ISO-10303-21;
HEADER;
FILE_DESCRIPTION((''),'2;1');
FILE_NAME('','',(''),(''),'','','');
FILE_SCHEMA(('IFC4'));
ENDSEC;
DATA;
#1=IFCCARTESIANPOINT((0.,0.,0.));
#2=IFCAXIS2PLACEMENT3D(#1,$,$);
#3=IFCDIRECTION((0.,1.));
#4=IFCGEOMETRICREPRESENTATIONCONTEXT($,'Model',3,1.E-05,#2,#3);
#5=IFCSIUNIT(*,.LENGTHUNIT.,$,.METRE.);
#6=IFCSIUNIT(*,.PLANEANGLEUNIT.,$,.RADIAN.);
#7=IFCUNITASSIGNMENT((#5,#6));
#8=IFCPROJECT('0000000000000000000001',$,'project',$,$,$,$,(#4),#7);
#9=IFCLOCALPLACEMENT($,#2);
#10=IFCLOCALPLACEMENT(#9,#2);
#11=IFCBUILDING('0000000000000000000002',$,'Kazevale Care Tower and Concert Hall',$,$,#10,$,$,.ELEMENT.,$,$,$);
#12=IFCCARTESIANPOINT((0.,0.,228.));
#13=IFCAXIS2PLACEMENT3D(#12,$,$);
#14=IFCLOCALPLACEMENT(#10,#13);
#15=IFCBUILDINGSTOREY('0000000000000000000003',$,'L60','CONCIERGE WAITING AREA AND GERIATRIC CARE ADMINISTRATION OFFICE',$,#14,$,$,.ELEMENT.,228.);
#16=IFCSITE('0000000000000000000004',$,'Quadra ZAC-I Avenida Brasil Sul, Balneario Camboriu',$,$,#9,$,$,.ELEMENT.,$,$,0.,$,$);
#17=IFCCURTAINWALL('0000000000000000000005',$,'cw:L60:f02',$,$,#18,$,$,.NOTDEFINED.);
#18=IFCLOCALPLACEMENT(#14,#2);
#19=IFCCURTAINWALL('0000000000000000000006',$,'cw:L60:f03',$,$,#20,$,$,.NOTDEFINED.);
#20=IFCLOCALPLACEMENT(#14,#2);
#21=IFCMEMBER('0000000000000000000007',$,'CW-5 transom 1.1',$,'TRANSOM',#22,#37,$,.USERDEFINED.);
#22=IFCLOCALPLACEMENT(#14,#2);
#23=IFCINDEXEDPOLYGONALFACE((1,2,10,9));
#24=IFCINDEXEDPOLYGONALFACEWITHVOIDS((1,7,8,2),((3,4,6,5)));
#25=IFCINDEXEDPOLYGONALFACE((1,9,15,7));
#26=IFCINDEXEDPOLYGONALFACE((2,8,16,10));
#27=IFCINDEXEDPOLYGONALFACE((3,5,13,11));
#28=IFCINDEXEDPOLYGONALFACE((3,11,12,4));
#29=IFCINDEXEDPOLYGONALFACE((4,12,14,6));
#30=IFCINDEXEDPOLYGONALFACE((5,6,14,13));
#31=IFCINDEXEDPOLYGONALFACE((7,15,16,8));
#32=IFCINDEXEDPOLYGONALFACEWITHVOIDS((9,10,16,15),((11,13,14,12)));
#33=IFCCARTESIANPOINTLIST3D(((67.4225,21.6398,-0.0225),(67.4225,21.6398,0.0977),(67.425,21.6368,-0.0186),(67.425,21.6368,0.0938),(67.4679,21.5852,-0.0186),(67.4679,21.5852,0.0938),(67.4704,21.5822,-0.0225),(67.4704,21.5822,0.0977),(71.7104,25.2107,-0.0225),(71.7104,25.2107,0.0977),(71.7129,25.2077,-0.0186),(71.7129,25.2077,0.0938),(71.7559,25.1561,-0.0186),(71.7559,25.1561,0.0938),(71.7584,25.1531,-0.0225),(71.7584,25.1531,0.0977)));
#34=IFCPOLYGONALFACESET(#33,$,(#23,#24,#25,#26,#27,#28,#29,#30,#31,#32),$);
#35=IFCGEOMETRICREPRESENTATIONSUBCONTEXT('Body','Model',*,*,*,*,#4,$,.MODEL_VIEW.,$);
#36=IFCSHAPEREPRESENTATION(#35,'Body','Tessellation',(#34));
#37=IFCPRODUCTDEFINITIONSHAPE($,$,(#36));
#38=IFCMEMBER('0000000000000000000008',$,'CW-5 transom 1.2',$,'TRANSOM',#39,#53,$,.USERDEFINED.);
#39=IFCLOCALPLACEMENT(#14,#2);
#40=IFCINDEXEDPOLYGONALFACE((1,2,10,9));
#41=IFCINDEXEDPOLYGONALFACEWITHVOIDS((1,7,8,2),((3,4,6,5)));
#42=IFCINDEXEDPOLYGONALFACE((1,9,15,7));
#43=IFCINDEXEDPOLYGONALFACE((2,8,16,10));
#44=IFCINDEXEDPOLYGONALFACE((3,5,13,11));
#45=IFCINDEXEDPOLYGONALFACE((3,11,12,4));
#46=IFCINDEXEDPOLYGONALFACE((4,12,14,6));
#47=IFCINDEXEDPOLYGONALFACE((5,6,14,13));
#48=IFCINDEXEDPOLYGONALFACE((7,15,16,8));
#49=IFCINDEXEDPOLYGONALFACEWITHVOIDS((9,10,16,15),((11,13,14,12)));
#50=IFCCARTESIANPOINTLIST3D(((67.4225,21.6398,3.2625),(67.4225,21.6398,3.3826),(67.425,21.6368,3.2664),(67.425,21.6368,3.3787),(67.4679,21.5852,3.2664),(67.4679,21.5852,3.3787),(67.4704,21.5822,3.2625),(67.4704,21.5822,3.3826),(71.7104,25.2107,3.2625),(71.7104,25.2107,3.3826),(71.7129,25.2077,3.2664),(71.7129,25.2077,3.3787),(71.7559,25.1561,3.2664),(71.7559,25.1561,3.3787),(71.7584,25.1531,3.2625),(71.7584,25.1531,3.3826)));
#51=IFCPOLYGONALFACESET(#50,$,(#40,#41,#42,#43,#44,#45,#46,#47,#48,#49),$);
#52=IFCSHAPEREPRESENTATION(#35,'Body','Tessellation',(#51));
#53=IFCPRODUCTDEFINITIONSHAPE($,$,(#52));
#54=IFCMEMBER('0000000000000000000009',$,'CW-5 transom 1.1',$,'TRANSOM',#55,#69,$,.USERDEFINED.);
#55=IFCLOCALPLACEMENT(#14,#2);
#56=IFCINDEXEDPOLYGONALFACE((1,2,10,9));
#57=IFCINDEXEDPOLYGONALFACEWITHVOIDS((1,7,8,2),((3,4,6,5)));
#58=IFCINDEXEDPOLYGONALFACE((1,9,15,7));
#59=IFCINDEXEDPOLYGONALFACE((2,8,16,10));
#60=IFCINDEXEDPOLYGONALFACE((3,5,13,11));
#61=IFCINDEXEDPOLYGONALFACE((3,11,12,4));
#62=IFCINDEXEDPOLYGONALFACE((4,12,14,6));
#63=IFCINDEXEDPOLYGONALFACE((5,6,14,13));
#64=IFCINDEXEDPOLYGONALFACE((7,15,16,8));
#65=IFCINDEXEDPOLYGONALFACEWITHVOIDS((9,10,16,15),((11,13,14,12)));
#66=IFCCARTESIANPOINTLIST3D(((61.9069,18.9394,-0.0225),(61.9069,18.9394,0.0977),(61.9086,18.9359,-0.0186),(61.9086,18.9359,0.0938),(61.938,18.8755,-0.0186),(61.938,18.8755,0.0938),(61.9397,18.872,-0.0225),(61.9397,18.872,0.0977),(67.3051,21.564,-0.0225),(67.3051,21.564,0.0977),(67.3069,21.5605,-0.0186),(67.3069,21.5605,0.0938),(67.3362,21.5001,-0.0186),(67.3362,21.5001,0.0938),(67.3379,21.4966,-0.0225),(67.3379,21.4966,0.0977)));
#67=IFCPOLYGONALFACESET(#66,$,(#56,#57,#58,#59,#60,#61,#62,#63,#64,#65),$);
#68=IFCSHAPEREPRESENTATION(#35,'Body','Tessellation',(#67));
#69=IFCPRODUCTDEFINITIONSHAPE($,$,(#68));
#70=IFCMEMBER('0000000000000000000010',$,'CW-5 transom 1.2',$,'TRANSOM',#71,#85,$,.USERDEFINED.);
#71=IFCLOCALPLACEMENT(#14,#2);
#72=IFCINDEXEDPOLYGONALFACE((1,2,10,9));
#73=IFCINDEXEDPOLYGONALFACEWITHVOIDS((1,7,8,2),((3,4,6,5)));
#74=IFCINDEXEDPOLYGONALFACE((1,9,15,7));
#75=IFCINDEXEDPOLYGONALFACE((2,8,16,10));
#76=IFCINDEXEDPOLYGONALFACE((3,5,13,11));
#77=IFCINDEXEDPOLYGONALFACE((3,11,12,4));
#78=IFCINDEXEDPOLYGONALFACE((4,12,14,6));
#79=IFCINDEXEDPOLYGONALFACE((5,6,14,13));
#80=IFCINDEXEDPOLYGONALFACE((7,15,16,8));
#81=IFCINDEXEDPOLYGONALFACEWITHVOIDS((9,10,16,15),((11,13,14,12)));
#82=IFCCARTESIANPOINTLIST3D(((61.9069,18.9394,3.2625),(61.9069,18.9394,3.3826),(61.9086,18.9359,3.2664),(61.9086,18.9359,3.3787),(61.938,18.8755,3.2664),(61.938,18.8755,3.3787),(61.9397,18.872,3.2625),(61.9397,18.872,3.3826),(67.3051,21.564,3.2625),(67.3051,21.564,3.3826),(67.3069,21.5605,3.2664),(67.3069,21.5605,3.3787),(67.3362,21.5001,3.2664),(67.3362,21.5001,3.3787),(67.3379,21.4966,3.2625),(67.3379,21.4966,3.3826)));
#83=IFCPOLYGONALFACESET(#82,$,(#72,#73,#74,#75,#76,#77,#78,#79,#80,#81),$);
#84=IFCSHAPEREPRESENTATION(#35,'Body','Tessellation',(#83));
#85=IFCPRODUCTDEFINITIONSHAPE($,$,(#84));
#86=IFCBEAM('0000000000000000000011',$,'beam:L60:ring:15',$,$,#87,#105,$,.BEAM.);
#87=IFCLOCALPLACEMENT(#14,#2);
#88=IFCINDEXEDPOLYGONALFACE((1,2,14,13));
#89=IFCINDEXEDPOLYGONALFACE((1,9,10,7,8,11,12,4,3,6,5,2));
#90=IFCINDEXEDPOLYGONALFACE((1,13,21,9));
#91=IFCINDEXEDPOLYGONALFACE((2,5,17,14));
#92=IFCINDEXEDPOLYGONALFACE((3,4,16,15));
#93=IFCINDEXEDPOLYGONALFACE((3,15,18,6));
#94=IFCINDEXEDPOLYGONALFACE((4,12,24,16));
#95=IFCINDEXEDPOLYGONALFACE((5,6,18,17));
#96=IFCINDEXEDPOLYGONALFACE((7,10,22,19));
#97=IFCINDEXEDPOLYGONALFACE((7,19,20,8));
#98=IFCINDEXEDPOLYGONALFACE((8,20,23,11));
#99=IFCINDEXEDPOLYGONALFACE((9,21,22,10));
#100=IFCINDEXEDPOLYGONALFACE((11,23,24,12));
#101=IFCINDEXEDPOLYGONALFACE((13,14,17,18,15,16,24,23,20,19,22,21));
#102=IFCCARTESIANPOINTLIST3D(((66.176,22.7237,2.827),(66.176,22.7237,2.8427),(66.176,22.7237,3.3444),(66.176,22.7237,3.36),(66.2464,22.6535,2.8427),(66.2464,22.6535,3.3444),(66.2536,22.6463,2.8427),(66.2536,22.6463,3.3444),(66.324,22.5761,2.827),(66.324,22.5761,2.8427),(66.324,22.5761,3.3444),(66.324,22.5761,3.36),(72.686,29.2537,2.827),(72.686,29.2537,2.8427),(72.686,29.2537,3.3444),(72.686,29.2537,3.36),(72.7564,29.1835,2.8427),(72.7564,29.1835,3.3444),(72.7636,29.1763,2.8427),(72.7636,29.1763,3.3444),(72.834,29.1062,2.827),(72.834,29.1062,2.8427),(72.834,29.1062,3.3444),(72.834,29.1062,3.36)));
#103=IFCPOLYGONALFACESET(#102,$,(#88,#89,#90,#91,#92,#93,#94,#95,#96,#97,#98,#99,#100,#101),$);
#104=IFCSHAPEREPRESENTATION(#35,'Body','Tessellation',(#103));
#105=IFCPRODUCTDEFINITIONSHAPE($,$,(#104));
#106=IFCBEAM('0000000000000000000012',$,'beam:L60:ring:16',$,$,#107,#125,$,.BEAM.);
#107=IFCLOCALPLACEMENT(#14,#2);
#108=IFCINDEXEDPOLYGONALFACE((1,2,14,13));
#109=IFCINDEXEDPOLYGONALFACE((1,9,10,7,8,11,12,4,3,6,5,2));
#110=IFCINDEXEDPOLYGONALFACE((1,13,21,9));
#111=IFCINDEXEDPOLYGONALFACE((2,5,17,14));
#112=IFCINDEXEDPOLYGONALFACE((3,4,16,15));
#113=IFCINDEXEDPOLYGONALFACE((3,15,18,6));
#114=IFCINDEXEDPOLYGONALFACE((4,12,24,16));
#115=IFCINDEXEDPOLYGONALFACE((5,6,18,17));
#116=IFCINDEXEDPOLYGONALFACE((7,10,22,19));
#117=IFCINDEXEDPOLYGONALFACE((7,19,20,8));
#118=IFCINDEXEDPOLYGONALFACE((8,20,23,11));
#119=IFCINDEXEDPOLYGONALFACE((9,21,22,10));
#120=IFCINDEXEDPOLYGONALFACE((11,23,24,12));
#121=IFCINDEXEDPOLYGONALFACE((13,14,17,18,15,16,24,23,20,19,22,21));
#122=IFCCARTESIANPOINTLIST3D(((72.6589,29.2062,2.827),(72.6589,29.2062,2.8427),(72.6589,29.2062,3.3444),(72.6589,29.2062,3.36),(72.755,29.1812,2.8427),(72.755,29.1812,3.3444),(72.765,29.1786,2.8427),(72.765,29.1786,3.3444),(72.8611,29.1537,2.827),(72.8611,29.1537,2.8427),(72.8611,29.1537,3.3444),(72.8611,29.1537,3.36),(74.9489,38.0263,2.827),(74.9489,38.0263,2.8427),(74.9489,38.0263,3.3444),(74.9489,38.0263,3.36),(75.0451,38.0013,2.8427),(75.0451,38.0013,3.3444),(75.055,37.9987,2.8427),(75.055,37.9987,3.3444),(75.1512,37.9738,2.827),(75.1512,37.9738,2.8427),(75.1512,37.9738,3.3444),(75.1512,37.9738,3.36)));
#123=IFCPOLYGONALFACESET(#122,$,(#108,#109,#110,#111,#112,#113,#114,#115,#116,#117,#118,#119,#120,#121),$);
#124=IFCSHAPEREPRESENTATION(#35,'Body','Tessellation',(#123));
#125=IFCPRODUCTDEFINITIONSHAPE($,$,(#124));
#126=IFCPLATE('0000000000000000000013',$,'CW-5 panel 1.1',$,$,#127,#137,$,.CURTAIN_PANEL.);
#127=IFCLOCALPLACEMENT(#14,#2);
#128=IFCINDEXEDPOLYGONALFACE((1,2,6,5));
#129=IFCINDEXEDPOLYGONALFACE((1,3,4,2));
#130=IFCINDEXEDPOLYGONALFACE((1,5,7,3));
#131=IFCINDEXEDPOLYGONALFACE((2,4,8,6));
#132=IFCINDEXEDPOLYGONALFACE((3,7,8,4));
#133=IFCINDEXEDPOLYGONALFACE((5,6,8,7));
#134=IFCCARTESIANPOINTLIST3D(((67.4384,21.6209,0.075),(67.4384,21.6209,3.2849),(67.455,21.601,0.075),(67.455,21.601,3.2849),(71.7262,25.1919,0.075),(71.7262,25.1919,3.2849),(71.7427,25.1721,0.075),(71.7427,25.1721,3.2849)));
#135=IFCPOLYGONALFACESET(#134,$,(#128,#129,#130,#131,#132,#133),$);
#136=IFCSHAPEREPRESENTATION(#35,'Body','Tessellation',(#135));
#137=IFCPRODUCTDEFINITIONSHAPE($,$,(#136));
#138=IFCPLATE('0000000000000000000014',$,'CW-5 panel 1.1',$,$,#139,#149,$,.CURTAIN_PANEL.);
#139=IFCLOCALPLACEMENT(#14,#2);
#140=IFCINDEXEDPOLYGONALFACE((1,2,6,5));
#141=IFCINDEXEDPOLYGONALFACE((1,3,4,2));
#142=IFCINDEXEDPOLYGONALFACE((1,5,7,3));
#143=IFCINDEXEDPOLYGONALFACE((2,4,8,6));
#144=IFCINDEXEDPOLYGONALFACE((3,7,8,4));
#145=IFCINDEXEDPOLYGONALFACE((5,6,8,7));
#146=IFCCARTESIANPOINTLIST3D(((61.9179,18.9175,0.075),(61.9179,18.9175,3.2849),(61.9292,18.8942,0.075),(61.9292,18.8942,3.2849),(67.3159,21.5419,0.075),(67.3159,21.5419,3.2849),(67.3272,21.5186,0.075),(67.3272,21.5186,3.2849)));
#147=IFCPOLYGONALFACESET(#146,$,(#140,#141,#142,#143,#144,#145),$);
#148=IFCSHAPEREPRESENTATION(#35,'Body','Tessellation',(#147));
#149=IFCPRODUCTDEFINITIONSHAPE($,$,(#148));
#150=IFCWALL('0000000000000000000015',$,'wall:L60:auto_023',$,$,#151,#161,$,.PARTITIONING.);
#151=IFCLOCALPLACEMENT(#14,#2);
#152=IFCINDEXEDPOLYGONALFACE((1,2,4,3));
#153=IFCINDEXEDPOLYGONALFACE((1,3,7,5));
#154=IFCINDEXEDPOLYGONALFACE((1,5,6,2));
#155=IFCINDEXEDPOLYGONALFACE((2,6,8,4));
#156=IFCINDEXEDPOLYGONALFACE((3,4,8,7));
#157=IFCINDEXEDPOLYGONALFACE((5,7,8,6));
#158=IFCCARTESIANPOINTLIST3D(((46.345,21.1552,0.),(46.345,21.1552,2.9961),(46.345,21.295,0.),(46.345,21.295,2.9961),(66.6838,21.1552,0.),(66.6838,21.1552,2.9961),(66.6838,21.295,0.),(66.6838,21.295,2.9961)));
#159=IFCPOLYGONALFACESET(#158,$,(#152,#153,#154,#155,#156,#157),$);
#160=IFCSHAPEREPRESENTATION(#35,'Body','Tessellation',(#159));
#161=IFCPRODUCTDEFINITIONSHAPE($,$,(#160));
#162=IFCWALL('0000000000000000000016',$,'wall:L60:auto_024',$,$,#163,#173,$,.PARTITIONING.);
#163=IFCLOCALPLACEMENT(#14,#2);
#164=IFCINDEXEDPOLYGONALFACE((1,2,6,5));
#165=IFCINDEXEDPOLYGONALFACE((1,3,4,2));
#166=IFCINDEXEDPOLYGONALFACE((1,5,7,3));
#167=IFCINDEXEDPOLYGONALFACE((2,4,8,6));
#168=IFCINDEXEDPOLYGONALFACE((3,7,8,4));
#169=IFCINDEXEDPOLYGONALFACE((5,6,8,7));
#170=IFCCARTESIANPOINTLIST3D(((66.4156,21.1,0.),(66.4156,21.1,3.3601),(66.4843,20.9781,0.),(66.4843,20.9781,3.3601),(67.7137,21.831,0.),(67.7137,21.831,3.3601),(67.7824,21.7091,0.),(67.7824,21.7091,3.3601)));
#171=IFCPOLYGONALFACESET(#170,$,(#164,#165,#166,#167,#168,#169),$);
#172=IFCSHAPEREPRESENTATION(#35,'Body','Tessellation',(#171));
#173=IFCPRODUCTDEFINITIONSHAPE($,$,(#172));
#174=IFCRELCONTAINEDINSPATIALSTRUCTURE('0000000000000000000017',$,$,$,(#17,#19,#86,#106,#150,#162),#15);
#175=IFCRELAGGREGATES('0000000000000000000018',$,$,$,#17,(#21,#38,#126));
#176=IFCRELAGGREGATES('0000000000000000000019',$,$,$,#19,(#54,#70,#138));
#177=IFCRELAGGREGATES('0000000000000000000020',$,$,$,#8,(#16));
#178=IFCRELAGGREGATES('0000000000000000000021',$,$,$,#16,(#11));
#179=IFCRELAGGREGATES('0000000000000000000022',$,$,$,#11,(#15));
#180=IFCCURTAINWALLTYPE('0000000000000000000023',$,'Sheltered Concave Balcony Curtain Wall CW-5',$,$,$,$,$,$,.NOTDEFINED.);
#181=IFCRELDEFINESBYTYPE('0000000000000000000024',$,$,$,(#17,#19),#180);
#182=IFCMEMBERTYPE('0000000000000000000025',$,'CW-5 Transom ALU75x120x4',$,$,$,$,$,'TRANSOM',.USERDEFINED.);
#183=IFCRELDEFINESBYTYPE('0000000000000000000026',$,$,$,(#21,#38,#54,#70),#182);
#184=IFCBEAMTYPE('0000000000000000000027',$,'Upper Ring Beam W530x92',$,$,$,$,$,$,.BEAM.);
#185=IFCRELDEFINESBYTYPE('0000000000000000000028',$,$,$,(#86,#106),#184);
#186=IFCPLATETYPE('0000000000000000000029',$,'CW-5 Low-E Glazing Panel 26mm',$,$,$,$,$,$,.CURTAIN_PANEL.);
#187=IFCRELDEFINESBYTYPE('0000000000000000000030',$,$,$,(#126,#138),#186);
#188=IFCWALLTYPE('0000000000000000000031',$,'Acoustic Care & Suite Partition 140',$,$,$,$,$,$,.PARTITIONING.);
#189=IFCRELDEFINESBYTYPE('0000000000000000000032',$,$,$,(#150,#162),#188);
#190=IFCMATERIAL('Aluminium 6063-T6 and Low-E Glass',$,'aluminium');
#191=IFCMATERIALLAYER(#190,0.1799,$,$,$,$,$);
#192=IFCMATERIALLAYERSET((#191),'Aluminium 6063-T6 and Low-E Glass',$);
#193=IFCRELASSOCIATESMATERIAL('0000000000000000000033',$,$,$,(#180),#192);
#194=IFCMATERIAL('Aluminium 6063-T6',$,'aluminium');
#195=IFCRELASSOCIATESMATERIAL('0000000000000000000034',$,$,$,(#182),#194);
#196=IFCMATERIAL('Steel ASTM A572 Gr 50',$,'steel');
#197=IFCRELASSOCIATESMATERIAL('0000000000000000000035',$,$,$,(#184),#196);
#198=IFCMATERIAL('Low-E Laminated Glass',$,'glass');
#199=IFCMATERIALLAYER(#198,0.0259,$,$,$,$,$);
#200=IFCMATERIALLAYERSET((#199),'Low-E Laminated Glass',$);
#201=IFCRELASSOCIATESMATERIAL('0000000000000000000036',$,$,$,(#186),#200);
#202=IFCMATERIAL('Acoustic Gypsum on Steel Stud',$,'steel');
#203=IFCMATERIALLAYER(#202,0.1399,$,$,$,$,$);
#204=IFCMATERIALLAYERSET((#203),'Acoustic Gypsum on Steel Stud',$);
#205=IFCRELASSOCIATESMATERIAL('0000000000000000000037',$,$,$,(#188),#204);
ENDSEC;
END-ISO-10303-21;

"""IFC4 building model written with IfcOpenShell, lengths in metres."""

from ifc_helpers import new_model, si_unit, direction, frame, frame_2d, origin, origin_2d, place, context, subcontext, project, spatial, rectangle, hollow_rectangle, i_section, extrude, material, layer, layer_set, material_profile, profile_set, type_object, element, aggregate, save


model = new_model("IFC4")

# Units and contexts
model_context = context("Model", 3, precision=1e-05, world=origin(), true_north=direction((0.0, 1.0)))
body_context = subcontext(model_context, "Body", "Model", "MODEL_VIEW")
ifc_project = project(units=[si_unit("LENGTHUNIT", "METRE"), si_unit("PLANEANGLEUNIT", "RADIAN")], contexts=[model_context])

# Site, building, storey
site_placement = place(None, origin())
site = spatial("IfcSite", under=ifc_project, at=site_placement, Name="Quadra ZAC-I Avenida Brasil Sul, Balneario Camboriu", CompositionType="ELEMENT", RefElevation=0.0)
building_placement = place(site_placement, origin())
building = spatial("IfcBuilding", under=site, at=building_placement, Name="Kazevale Care Tower and Concert Hall", CompositionType="ELEMENT")
storey_placement = place(building_placement, frame((0.0, 0.0, 228.0)))
storey = spatial("IfcBuildingStorey", under=building, at=storey_placement, Name="L60", Description="CONCIERGE WAITING AREA AND GERIATRIC CARE ADMINISTRATION OFFICE", CompositionType="ELEMENT", Elevation=228.0)

# Curtain walls
ifc_material_1 = material(Name="Aluminium 6063-T6 and Low-E Glass", Category="aluminium")
ifc_layer_1 = layer(ifc_material_1, 0.1799)
ifc_layer_set_1 = layer_set([ifc_layer_1], Name="Aluminium 6063-T6 and Low-E Glass")
curtain_wall_type = type_object("IfcCurtainWallType", Name="Sheltered Concave Balcony Curtain Wall CW-5", PredefinedType="NOTDEFINED", material=ifc_layer_set_1)
curtain_wall_1_placement = place(storey_placement, origin())
curtain_wall_1 = element("IfcCurtainWall", 1, at=curtain_wall_1_placement, inside=storey, type_object=curtain_wall_type, Name="cw:L60:f02", PredefinedType="NOTDEFINED")
ifc_material_2 = material(Name="Aluminium 6063-T6", Category="aluminium")
curtain_wall_2_placement = place(storey_placement, origin())
curtain_wall_2 = element("IfcCurtainWall", 2, at=curtain_wall_2_placement, inside=storey, type_object=curtain_wall_type, Name="cw:L60:f03", PredefinedType="NOTDEFINED")

# Members
ifc_material_profile_1 = material_profile(ifc_material_2, hollow_rectangle(XDim=0.075, YDim=0.1201, WallThickness=0.0039, at=origin_2d()), Name="ALU75x120x4")
ifc_profile_set_1 = profile_set([ifc_material_profile_1], Name="Aluminium 6063-T6")
member_type_1 = type_object("IfcMemberType", Name="CW-5 Transom ALU75x120x4", ElementType="TRANSOM", PredefinedType="USERDEFINED", material=ifc_profile_set_1)
member_1_placement = place(storey_placement, frame((71.7344, 25.1819, 0.0376), z_axis=(-0.768433, -0.63993, 0.0), x_axis=(0.63993, -0.768433, 0.0)))
member_1 = element("IfcMember", 3, at=member_1_placement, type_object=member_type_1, Name="CW-5 transom 1.1", ObjectType="TRANSOM", PredefinedType="USERDEFINED", context=body_context, shape_type="SweptSolid", body=[
    extrude(hollow_rectangle(XDim=0.075, YDim=0.1201, WallThickness=0.0039, at=origin_2d()), origin(), (0.0, 0.0, 1.0), 5.5801),
])
member_2_placement = place(storey_placement, frame((71.7344, 25.1819, 3.3225), z_axis=(-0.768433, -0.63993, 0.0), x_axis=(0.63993, -0.768433, 0.0)))
member_2 = element("IfcMember", 4, at=member_2_placement, type_object=member_type_1, Name="CW-5 transom 1.2", ObjectType="TRANSOM", PredefinedType="USERDEFINED", context=body_context, shape_type="SweptSolid", body=[
    extrude(hollow_rectangle(XDim=0.075, YDim=0.1201, WallThickness=0.0039, at=origin_2d()), origin(), (0.0, 0.0, 1.0), 5.5801),
])
member_3_placement = place(storey_placement, frame((67.3215, 21.5303, 0.0376), z_axis=(-0.899342, -0.437245, 0.0), x_axis=(0.437245, -0.899342, 0.0)))
member_3 = element("IfcMember", 5, at=member_3_placement, type_object=member_type_1, Name="CW-5 transom 1.1", ObjectType="TRANSOM", PredefinedType="USERDEFINED", context=body_context, shape_type="SweptSolid", body=[
    extrude(hollow_rectangle(XDim=0.075, YDim=0.1201, WallThickness=0.0039, at=origin_2d()), origin(), (0.0, 0.0, 1.0), 6.0024),
])
member_4_placement = place(storey_placement, frame((67.3215, 21.5303, 3.3225), z_axis=(-0.899342, -0.437245, 0.0), x_axis=(0.437245, -0.899342, 0.0)))
member_4 = element("IfcMember", 6, at=member_4_placement, type_object=member_type_1, Name="CW-5 transom 1.2", ObjectType="TRANSOM", PredefinedType="USERDEFINED", context=body_context, shape_type="SweptSolid", body=[
    extrude(hollow_rectangle(XDim=0.075, YDim=0.1201, WallThickness=0.0039, at=origin_2d()), origin(), (0.0, 0.0, 1.0), 6.0024),
])

# Beams
ifc_material_3 = material(Name="Steel ASTM A572 Gr 50", Category="steel")
ifc_material_profile_2 = material_profile(ifc_material_3, i_section(OverallWidth=0.209, OverallDepth=0.533, WebThickness=0.0103, FlangeThickness=0.0156, at=origin_2d()), Name="W530x92")
ifc_profile_set_2 = profile_set([ifc_material_profile_2], Name="Steel ASTM A572 Gr 50")
beam_type = type_object("IfcBeamType", Name="Upper Ring Beam W530x92", PredefinedType="BEAM", material=ifc_profile_set_2)
beam_1_placement = place(storey_placement, frame((66.25, 22.6499, 3.0935), z_axis=(0.70602, 0.708192, 0.0), x_axis=(-0.708192, 0.70602, 0.0)))
element("IfcBeam", 7, at=beam_1_placement, inside=storey, type_object=beam_type, Name="beam:L60:ring:15", PredefinedType="BEAM", context=body_context, shape_type="SweptSolid", body=[
    extrude(i_section(OverallWidth=0.209, OverallDepth=0.533, WebThickness=0.0103, FlangeThickness=0.0156, at=origin_2d()), origin(), (0.0, 0.0, 1.0), 9.2207),
])
beam_2_placement = place(storey_placement, frame((72.76, 29.1799, 3.0935), z_axis=(0.251307, 0.967907, 0.0), x_axis=(-0.967907, 0.251307, 0.0)))
element("IfcBeam", 8, at=beam_2_placement, inside=storey, type_object=beam_type, Name="beam:L60:ring:16", PredefinedType="BEAM", context=body_context, shape_type="SweptSolid", body=[
    extrude(i_section(OverallWidth=0.209, OverallDepth=0.533, WebThickness=0.0103, FlangeThickness=0.0156, at=origin_2d()), origin(), (0.0, 0.0, 1.0), 9.1125),
])

# Plates
ifc_material_4 = material(Name="Low-E Laminated Glass", Category="glass")
ifc_layer_2 = layer(ifc_material_4, 0.0259)
ifc_layer_set_2 = layer_set([ifc_layer_2], Name="Low-E Laminated Glass")
plate_type = type_object("IfcPlateType", Name="CW-5 Low-E Glazing Panel 26mm", PredefinedType="CURTAIN_PANEL", material=ifc_layer_set_2)
plate_1_placement = place(storey_placement, frame((69.5906, 23.3965, 0.075), z_axis=(0.0, 0.0, 1.0), x_axis=(-0.768407, -0.639961, 0.0)))
plate_1 = element("IfcPlate", 9, at=plate_1_placement, type_object=plate_type, Name="CW-5 panel 1.1", PredefinedType="CURTAIN_PANEL", context=body_context, shape_type="SweptSolid", body=[
    extrude(rectangle(XDim=5.5801, YDim=0.0259, at=origin_2d()), origin(), (0.0, 0.0, 1.0), 3.21),
])
aggregate(curtain_wall_1, [member_1, member_2, plate_1])
plate_2_placement = place(storey_placement, frame((64.6226, 20.218, 0.075), z_axis=(0.0, 0.0, 1.0), x_axis=(-0.899346, -0.437238, 0.0)))
plate_2 = element("IfcPlate", 10, at=plate_2_placement, type_object=plate_type, Name="CW-5 panel 1.1", PredefinedType="CURTAIN_PANEL", context=body_context, shape_type="SweptSolid", body=[
    extrude(rectangle(XDim=6.0022, YDim=0.0259, at=origin_2d()), origin(), (0.0, 0.0, 1.0), 3.21),
])
aggregate(curtain_wall_2, [member_3, member_4, plate_2])

# Walls
ifc_material_5 = material(Name="Acoustic Gypsum on Steel Stud", Category="steel")
ifc_layer_3 = layer(ifc_material_5, 0.1399)
ifc_layer_set_3 = layer_set([ifc_layer_3], Name="Acoustic Gypsum on Steel Stud")
wall_type = type_object("IfcWallType", Name="Acoustic Care & Suite Partition 140", PredefinedType="PARTITIONING", material=ifc_layer_set_3)
wall_1_placement = place(storey_placement, frame((66.6838, 21.2251, 0.0), z_axis=(0.0, 0.0, 1.0), x_axis=(-1.0, 0.0, 0.0)))
element("IfcWall", 11, at=wall_1_placement, inside=storey, type_object=wall_type, Name="wall:L60:auto_023", PredefinedType="PARTITIONING", context=body_context, shape_type="SweptSolid", body=[
    extrude(rectangle(XDim=20.3389, YDim=0.1399, at=frame_2d((10.1694, 0.0))), origin(), (0.0, 0.0, 1.0), 2.9961),
])
wall_2_placement = place(storey_placement, frame((67.748, 21.77, 0.0), z_axis=(0.0, 0.0, 1.0), x_axis=(-0.871352, -0.490658, 0.0)))
element("IfcWall", 12, at=wall_2_placement, inside=storey, type_object=wall_type, Name="wall:L60:auto_024", PredefinedType="PARTITIONING", context=body_context, shape_type="SweptSolid", body=[
    extrude(rectangle(XDim=1.4897, YDim=0.1399, at=frame_2d((0.7449, 0.0))), origin(), (0.0, 0.0, 1.0), 3.3601),
])

save(model, "model.ifc")
